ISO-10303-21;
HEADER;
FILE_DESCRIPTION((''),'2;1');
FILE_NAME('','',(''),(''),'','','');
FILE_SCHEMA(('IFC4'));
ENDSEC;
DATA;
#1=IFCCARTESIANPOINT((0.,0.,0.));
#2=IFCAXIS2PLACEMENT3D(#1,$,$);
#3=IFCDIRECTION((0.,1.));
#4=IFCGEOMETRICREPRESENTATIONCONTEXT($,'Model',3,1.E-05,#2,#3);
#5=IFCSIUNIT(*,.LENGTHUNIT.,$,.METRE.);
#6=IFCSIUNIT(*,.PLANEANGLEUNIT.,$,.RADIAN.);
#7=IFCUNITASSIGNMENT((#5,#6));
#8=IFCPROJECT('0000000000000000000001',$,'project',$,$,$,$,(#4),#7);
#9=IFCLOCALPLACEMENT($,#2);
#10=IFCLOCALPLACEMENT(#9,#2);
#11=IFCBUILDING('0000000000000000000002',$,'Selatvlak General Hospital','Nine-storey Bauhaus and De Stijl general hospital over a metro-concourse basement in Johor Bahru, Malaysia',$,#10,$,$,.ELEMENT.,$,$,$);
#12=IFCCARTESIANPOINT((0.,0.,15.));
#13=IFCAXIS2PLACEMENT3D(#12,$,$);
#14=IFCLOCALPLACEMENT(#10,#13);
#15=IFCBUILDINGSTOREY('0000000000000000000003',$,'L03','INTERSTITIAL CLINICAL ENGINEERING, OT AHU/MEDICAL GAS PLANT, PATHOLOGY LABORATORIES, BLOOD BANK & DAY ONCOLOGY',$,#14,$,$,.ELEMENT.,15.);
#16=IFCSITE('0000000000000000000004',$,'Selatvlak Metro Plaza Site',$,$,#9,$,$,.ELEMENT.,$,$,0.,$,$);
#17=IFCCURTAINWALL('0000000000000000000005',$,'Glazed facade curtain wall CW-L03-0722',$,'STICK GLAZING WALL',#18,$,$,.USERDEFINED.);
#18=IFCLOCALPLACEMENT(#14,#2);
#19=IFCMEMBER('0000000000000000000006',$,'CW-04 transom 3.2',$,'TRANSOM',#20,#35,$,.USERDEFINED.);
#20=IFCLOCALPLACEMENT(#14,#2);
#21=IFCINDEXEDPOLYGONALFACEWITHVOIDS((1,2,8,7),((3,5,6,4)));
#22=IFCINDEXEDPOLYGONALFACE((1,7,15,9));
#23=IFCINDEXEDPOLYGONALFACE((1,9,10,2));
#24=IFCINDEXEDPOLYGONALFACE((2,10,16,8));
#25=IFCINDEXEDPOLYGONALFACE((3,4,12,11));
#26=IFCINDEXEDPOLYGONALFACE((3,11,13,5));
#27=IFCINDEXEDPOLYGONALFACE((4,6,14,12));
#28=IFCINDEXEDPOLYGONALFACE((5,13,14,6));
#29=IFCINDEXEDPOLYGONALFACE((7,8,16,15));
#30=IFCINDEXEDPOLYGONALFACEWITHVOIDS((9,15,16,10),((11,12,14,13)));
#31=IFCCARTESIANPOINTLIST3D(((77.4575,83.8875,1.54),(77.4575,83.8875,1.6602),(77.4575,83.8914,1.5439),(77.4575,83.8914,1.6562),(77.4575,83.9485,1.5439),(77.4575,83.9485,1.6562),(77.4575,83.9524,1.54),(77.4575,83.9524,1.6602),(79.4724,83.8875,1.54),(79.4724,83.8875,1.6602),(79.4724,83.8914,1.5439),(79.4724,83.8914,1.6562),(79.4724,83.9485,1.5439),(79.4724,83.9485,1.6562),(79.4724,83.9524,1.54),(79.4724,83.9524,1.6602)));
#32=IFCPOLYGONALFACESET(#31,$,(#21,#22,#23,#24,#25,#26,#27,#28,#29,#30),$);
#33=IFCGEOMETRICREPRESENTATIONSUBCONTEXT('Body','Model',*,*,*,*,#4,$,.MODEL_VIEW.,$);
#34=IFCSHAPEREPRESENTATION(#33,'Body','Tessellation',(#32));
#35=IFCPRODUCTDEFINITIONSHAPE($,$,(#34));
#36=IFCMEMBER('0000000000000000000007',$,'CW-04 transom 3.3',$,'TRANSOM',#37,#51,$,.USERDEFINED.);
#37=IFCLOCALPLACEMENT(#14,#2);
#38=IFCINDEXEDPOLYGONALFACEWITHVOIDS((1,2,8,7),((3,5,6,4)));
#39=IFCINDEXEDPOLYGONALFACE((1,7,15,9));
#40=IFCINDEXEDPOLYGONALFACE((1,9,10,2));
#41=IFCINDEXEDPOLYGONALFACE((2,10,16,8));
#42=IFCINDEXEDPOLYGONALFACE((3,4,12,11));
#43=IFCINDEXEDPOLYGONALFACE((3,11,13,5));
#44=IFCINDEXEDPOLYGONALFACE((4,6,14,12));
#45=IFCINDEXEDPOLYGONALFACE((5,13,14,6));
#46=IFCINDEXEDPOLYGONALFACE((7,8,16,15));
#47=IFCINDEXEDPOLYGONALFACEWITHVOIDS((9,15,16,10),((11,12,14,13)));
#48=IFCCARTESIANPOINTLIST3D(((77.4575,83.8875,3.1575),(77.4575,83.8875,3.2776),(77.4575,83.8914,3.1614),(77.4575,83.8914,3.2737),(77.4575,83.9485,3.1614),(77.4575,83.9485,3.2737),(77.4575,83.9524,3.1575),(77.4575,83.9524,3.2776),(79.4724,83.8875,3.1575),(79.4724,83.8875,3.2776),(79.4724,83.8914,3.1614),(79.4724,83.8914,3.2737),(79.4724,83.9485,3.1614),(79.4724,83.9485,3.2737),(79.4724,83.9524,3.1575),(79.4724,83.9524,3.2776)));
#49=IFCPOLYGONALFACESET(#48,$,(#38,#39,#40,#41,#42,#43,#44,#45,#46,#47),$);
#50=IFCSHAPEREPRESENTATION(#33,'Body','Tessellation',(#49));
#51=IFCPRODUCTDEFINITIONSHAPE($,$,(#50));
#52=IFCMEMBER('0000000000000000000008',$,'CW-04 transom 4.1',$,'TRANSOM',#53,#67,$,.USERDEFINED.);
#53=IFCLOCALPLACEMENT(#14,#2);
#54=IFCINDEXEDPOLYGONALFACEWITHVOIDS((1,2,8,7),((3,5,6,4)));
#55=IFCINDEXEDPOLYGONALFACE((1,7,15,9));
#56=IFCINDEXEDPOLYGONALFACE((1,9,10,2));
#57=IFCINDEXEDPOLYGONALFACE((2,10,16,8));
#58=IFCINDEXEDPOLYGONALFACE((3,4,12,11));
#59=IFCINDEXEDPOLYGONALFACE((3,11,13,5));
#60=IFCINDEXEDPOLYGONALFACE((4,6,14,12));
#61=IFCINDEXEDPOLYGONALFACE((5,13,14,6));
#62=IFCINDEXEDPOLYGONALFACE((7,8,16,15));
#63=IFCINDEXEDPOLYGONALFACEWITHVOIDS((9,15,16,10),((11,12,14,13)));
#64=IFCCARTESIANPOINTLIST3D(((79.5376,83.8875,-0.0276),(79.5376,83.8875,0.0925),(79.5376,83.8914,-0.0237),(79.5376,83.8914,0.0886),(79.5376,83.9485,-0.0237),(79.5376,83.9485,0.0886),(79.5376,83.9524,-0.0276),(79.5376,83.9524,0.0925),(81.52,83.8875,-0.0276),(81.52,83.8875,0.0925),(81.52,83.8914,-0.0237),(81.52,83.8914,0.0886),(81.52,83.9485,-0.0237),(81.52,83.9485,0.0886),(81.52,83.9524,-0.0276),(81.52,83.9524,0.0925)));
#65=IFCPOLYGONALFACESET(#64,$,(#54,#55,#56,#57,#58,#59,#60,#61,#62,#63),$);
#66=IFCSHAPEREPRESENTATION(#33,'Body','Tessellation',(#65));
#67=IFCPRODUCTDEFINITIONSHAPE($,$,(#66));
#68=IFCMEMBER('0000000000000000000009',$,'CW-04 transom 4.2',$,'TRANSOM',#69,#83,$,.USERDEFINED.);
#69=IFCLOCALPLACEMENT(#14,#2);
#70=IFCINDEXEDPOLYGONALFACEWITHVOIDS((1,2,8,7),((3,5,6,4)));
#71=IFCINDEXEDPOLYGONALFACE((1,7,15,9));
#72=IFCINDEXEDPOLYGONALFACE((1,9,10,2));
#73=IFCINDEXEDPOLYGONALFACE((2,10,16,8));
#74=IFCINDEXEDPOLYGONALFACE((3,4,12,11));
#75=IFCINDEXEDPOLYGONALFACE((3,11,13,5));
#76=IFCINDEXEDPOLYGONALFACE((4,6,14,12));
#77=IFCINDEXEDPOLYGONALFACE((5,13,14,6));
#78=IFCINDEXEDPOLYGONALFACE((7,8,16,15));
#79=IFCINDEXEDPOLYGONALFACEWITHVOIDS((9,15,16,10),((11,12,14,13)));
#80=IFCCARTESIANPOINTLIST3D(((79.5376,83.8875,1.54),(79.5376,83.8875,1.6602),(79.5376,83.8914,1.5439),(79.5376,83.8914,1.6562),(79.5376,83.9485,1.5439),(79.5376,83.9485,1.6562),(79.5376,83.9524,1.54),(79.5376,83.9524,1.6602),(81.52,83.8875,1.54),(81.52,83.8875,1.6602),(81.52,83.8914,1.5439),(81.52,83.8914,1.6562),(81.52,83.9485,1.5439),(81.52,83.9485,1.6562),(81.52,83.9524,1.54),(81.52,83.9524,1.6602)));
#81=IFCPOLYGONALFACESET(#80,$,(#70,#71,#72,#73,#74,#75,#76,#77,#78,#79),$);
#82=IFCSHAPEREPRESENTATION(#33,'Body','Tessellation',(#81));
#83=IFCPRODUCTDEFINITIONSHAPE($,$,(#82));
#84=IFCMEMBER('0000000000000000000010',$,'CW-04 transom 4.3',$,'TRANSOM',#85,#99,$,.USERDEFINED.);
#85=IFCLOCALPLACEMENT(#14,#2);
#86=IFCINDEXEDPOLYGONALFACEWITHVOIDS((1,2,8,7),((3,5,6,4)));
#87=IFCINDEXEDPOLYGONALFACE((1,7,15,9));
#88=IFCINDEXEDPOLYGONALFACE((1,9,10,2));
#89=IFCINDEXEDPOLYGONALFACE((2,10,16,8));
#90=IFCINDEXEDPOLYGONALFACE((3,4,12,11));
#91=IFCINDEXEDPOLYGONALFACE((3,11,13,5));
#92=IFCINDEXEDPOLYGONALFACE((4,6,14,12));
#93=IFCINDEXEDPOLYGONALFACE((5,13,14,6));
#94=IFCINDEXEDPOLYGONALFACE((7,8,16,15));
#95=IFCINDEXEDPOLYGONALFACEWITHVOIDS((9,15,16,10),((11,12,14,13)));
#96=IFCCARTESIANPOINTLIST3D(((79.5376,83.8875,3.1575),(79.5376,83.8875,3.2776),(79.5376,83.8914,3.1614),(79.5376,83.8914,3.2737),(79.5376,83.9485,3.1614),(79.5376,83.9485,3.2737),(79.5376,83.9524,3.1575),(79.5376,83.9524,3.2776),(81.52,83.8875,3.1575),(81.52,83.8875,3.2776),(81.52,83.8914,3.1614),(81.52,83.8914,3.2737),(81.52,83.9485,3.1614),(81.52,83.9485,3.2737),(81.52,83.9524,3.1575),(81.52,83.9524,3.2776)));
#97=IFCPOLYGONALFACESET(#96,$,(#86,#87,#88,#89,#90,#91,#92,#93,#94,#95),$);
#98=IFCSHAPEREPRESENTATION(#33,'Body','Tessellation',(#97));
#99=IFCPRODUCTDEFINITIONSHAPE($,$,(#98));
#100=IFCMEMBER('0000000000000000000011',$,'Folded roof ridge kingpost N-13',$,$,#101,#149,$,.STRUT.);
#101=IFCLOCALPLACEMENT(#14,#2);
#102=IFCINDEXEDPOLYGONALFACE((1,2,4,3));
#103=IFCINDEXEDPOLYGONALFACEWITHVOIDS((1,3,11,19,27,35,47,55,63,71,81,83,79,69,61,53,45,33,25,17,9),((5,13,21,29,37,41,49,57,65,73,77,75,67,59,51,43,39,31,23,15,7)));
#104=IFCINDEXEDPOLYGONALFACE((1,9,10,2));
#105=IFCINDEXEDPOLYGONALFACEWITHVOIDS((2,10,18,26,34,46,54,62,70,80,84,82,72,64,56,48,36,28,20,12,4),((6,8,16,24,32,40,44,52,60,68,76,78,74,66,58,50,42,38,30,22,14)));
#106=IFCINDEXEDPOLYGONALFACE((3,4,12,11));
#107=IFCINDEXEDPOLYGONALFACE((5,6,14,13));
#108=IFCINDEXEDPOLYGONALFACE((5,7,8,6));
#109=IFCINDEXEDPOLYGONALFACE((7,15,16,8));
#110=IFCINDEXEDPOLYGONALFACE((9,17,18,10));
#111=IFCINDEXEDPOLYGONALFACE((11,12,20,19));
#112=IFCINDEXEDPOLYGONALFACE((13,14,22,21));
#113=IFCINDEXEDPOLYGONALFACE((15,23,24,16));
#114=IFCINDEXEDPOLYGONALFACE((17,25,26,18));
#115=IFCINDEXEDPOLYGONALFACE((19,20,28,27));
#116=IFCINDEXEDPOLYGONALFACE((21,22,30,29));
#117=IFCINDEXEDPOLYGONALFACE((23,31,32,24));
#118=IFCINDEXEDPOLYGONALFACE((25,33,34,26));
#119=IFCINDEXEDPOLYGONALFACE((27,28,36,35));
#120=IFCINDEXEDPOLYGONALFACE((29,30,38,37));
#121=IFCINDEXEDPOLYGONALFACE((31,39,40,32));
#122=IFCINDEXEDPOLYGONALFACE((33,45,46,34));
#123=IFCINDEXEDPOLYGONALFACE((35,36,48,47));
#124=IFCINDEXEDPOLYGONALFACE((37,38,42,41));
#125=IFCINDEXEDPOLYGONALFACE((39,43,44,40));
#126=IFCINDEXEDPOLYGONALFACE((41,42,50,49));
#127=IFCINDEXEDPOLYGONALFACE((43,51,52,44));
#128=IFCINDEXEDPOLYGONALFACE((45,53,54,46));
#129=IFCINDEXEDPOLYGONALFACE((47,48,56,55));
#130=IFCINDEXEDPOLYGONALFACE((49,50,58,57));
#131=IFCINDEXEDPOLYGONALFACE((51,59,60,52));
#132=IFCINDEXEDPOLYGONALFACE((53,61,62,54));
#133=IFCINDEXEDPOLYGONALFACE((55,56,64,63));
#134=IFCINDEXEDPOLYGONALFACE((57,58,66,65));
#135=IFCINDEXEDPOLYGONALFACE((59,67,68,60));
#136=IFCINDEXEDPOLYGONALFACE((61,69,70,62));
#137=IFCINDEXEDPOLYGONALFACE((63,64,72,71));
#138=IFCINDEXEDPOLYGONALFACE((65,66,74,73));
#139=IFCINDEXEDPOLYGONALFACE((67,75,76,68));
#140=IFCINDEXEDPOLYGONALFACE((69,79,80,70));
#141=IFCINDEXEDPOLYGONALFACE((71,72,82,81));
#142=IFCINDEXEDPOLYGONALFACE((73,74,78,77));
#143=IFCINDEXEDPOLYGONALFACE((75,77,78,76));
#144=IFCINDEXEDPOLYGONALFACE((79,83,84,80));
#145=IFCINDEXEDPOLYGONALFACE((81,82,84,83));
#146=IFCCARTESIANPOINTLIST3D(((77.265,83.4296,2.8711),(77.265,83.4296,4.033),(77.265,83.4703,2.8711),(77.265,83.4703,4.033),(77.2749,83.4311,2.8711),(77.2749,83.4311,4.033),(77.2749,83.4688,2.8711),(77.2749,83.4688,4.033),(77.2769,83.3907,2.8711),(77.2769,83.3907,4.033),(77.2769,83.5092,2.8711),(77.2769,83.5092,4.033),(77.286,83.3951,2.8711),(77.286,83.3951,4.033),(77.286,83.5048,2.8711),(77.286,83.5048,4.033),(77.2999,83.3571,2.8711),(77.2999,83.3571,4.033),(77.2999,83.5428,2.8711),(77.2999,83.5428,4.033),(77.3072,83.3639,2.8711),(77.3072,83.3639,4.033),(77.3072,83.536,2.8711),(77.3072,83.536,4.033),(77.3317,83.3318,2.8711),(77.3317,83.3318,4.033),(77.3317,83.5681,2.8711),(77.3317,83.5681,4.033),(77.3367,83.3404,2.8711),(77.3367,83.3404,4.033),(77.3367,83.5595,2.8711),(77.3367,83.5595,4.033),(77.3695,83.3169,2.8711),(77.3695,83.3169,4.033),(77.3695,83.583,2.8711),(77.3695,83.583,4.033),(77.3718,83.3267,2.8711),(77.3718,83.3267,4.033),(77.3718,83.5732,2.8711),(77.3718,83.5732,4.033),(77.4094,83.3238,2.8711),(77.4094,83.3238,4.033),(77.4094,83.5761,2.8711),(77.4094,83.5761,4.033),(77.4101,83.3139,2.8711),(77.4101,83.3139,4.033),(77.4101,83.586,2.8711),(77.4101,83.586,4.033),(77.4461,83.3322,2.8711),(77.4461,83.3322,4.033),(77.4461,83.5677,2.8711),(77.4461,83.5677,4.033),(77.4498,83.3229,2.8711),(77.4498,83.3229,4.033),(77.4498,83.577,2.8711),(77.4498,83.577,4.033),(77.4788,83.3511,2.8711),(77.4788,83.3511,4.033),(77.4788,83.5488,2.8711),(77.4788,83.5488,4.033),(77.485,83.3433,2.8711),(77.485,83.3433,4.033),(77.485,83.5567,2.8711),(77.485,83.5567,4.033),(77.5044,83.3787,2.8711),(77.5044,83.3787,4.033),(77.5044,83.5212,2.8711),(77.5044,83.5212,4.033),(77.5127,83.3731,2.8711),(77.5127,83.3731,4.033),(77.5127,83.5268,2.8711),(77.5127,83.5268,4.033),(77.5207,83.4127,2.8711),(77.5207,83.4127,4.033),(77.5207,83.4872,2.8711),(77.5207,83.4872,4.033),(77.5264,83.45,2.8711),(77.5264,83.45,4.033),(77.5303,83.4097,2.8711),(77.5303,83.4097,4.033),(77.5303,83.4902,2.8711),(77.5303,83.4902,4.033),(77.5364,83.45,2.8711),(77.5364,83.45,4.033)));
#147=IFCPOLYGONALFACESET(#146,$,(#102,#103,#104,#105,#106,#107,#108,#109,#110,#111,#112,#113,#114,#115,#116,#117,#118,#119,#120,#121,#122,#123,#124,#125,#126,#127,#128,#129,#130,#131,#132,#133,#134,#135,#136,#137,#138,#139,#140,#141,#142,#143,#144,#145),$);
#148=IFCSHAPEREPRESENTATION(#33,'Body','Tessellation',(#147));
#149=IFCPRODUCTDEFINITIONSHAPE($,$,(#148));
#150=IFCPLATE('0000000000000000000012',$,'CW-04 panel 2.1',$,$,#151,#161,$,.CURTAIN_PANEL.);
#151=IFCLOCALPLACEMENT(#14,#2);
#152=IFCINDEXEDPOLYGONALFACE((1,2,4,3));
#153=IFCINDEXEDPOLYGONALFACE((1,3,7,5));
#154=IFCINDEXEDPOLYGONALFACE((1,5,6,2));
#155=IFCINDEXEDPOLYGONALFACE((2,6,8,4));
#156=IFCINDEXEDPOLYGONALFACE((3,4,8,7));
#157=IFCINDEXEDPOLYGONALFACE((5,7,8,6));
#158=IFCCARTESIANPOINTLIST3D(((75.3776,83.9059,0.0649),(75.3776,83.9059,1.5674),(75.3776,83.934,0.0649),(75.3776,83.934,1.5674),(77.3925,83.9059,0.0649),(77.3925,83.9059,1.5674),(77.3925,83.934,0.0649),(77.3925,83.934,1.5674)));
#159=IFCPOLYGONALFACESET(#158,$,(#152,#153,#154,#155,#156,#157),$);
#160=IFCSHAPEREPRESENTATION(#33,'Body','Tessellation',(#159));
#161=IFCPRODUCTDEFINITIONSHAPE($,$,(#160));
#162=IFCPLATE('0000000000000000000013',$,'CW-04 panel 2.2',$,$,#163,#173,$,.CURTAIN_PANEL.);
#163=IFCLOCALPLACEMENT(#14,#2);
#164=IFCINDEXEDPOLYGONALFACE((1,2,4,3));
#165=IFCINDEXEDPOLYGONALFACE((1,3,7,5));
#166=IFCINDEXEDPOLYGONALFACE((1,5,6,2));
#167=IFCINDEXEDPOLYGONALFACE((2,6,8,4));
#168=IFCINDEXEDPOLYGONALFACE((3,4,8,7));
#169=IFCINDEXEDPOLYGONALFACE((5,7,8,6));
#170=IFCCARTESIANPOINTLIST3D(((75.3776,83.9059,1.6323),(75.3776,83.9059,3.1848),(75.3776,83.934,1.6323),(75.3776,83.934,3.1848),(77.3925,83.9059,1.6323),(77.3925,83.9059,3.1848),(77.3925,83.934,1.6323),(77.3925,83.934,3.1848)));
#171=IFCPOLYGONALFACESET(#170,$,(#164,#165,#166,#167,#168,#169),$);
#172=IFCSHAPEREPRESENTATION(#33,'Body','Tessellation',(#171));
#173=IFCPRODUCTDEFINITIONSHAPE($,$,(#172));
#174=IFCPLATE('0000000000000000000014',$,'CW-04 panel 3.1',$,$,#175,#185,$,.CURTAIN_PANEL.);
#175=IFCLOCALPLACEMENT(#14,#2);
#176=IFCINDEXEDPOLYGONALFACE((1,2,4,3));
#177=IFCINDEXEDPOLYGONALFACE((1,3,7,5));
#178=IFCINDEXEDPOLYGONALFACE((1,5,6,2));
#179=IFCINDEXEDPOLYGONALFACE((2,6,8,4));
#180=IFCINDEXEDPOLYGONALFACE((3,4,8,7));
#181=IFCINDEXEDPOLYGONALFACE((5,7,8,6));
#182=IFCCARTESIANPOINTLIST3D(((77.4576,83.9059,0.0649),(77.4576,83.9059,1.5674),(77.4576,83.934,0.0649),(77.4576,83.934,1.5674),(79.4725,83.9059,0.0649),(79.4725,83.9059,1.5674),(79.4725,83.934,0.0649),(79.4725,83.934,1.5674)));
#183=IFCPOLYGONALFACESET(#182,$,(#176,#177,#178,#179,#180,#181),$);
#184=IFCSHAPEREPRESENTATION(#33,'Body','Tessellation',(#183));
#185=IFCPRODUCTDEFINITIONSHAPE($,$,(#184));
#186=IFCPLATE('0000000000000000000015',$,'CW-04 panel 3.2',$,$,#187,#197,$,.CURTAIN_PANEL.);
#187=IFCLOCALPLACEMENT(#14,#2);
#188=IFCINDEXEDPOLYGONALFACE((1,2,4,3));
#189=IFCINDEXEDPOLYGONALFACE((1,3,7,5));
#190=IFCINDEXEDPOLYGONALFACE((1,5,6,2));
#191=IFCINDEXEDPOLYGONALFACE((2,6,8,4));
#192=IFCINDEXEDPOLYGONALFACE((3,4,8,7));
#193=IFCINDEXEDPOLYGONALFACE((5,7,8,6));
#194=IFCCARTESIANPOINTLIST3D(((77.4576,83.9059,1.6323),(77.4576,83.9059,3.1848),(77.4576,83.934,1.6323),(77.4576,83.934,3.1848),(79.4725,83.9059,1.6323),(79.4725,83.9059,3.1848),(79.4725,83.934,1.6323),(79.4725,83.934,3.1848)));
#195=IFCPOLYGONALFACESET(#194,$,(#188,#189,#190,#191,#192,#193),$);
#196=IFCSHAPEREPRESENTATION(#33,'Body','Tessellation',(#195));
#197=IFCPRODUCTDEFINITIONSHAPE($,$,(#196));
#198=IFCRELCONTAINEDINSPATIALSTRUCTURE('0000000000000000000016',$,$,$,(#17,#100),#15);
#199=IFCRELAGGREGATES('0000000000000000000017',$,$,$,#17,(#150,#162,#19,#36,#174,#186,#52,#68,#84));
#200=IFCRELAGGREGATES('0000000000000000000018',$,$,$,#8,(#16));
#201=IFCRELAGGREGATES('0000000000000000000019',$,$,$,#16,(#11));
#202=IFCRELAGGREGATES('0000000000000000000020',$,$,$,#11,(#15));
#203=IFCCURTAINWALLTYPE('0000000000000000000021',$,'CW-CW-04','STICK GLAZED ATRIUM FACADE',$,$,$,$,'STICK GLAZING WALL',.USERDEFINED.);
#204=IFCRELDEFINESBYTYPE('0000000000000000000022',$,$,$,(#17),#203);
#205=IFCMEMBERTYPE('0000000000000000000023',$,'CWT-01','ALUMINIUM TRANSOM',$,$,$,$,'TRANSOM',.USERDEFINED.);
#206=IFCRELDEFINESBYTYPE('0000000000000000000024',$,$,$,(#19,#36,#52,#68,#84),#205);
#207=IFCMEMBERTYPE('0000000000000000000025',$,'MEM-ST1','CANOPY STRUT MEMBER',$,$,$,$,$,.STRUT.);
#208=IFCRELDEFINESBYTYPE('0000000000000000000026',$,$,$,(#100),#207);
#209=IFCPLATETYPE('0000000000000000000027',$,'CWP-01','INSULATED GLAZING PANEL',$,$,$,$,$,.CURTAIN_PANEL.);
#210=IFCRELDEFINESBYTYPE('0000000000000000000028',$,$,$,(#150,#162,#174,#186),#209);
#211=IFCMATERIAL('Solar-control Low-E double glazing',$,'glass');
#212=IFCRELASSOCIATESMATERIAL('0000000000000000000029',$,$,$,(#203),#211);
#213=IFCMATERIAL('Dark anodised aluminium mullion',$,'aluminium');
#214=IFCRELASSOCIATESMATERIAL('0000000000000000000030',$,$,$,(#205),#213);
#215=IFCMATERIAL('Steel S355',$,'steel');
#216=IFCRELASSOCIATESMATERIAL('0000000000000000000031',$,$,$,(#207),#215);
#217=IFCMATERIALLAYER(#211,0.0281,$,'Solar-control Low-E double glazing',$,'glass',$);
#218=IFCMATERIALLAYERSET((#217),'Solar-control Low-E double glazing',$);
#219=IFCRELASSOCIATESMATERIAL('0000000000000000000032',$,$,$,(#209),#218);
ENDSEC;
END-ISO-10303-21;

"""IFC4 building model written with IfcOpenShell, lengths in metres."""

from ifc_helpers import new_model, si_unit, direction, frame, origin, origin_2d, place, context, subcontext, project, spatial, rectangle, hollow_rectangle, hollow_circle, extrude, material, layer, layer_set, material_profile, profile_set, type_object, element, aggregate, save


model = new_model("IFC4")

# Units and contexts
model_context = context("Model", 3, precision=1e-05, world=origin(), true_north=direction((0.0, 1.0)))
body_context = subcontext(model_context, "Body", "Model", "MODEL_VIEW")
ifc_project = project(units=[si_unit("LENGTHUNIT", "METRE"), si_unit("PLANEANGLEUNIT", "RADIAN")], contexts=[model_context])

# Site, building, storey
site_placement = place(None, origin())
site = spatial("IfcSite", under=ifc_project, at=site_placement, Name="Selatvlak Metro Plaza Site", CompositionType="ELEMENT", RefElevation=0.0)
building_placement = place(site_placement, origin())
building = spatial("IfcBuilding", under=site, at=building_placement, Name="Selatvlak General Hospital", Description="Nine-storey Bauhaus and De Stijl general hospital over a metro-concourse basement in Johor Bahru, Malaysia", CompositionType="ELEMENT")
storey_placement = place(building_placement, frame((0.0, 0.0, 15.0)))
storey = spatial("IfcBuildingStorey", under=building, at=storey_placement, Name="L03", Description="INTERSTITIAL CLINICAL ENGINEERING, OT AHU/MEDICAL GAS PLANT, PATHOLOGY LABORATORIES, BLOOD BANK & DAY ONCOLOGY", CompositionType="ELEMENT", Elevation=15.0)

# Shared definitions
ifc_material_1 = material(Name="Steel S355", Category="steel")

# Curtain wall
ifc_material_2 = material(Name="Solar-control Low-E double glazing", Category="glass")
curtain_wall_type_1 = type_object("IfcCurtainWallType", Name="CW-CW-04", Description="STICK GLAZED ATRIUM FACADE", ElementType="STICK GLAZING WALL", PredefinedType="USERDEFINED", material=ifc_material_2)
curtain_wall_1_placement = place(storey_placement, origin())
curtain_wall_1 = element("IfcCurtainWall", 1, at=curtain_wall_1_placement, inside=storey, type_object=curtain_wall_type_1, Name="Glazed facade curtain wall CW-L03-0722", ObjectType="STICK GLAZING WALL", PredefinedType="USERDEFINED")
ifc_material_3 = material(Name="Dark anodised aluminium mullion", Category="aluminium")

# Members
ifc_material_profile_1 = material_profile(ifc_material_3, hollow_rectangle(XDim=0.0649, YDim=0.1201, WallThickness=0.0039, at=origin_2d()), Name="AL-TRN 65x120x4")
ifc_profile_set_1 = profile_set([ifc_material_profile_1], Name="Dark anodised aluminium mullion")
member_type_1 = type_object("IfcMemberType", Name="CWT-01", Description="ALUMINIUM TRANSOM", ElementType="TRANSOM", PredefinedType="USERDEFINED", material=ifc_profile_set_1)
member_1_placement = place(storey_placement, frame((77.4575, 83.9199, 1.6001), z_axis=(1.0, 0.0, 0.0), x_axis=(0.0, 1.0, 0.0)))
member_1 = element("IfcMember", 2, at=member_1_placement, type_object=member_type_1, Name="CW-04 transom 3.2", ObjectType="TRANSOM", PredefinedType="USERDEFINED", context=body_context, shape_type="SweptSolid", body=[
    extrude(hollow_rectangle(XDim=0.0649, YDim=0.1201, WallThickness=0.0039, at=origin_2d()), origin(), (0.0, 0.0, 1.0), 2.0149),
])
member_2_placement = place(storey_placement, frame((77.4575, 83.9199, 3.2175), z_axis=(1.0, 0.0, 0.0), x_axis=(0.0, 1.0, 0.0)))
member_2 = element("IfcMember", 3, at=member_2_placement, type_object=member_type_1, Name="CW-04 transom 3.3", ObjectType="TRANSOM", PredefinedType="USERDEFINED", context=body_context, shape_type="SweptSolid", body=[
    extrude(hollow_rectangle(XDim=0.0649, YDim=0.1201, WallThickness=0.0039, at=origin_2d()), origin(), (0.0, 0.0, 1.0), 2.0149),
])
member_3_placement = place(storey_placement, frame((79.5376, 83.9199, 0.0325), z_axis=(1.0, 0.0, 0.0), x_axis=(0.0, 1.0, 0.0)))
member_3 = element("IfcMember", 4, at=member_3_placement, type_object=member_type_1, Name="CW-04 transom 4.1", ObjectType="TRANSOM", PredefinedType="USERDEFINED", context=body_context, shape_type="SweptSolid", body=[
    extrude(hollow_rectangle(XDim=0.0649, YDim=0.1201, WallThickness=0.0039, at=origin_2d()), origin(), (0.0, 0.0, 1.0), 1.9824),
])
member_4_placement = place(storey_placement, frame((79.5376, 83.9199, 1.6001), z_axis=(1.0, 0.0, 0.0), x_axis=(0.0, 1.0, 0.0)))
member_4 = element("IfcMember", 5, at=member_4_placement, type_object=member_type_1, Name="CW-04 transom 4.2", ObjectType="TRANSOM", PredefinedType="USERDEFINED", context=body_context, shape_type="SweptSolid", body=[
    extrude(hollow_rectangle(XDim=0.0649, YDim=0.1201, WallThickness=0.0039, at=origin_2d()), origin(), (0.0, 0.0, 1.0), 1.9824),
])
member_5_placement = place(storey_placement, frame((79.5376, 83.9199, 3.2175), z_axis=(1.0, 0.0, 0.0), x_axis=(0.0, 1.0, 0.0)))
member_5 = element("IfcMember", 6, at=member_5_placement, type_object=member_type_1, Name="CW-04 transom 4.3", ObjectType="TRANSOM", PredefinedType="USERDEFINED", context=body_context, shape_type="SweptSolid", body=[
    extrude(hollow_rectangle(XDim=0.0649, YDim=0.1201, WallThickness=0.0039, at=origin_2d()), origin(), (0.0, 0.0, 1.0), 1.9824),
])
ifc_material_profile_2 = material_profile(ifc_material_1, hollow_circle(Radius=0.1365, WallThickness=0.01, at=origin_2d()), Name="CHS 273.0x10")
ifc_profile_set_2 = profile_set([ifc_material_profile_2], Name="Steel S355")
member_type_2 = type_object("IfcMemberType", Name="MEM-ST1", Description="CANOPY STRUT MEMBER", PredefinedType="STRUT", material=ifc_profile_set_2)
member_6_placement = place(storey_placement, frame((77.3999, 83.45, 2.8711), z_axis=(0.0, 0.0, 1.0), x_axis=(1.0, 0.0, 0.0)))
element("IfcMember", 7, at=member_6_placement, inside=storey, type_object=member_type_2, Name="Folded roof ridge kingpost N-13", PredefinedType="STRUT", context=body_context, shape_type="SweptSolid", body=[
    extrude(hollow_circle(Radius=0.1365, WallThickness=0.01, at=origin_2d()), origin(), (0.0, 0.0, 1.0), 1.1619),
])

# Plates
ifc_layer_1 = layer(ifc_material_2, 0.0281, Name="Solar-control Low-E double glazing", Category="glass")
ifc_layer_set_1 = layer_set([ifc_layer_1], Name="Solar-control Low-E double glazing")
plate_type_1 = type_object("IfcPlateType", Name="CWP-01", Description="INSULATED GLAZING PANEL", PredefinedType="CURTAIN_PANEL", material=ifc_layer_set_1)
plate_1_placement = place(storey_placement, frame((76.385, 83.9199, 0.0649), z_axis=(0.0, 0.0, 1.0), x_axis=(1.0, 0.0, 0.0)))
plate_1 = element("IfcPlate", 8, at=plate_1_placement, type_object=plate_type_1, Name="CW-04 panel 2.1", PredefinedType="CURTAIN_PANEL", context=body_context, shape_type="SweptSolid", body=[
    extrude(rectangle(XDim=2.0149, YDim=0.0281, at=origin_2d()), origin(), (0.0, 0.0, 1.0), 1.5024),
])
plate_2_placement = place(storey_placement, frame((76.385, 83.9199, 1.6323), z_axis=(0.0, 0.0, 1.0), x_axis=(1.0, 0.0, 0.0)))
plate_2 = element("IfcPlate", 9, at=plate_2_placement, type_object=plate_type_1, Name="CW-04 panel 2.2", PredefinedType="CURTAIN_PANEL", context=body_context, shape_type="SweptSolid", body=[
    extrude(rectangle(XDim=2.0149, YDim=0.0281, at=origin_2d()), origin(), (0.0, 0.0, 1.0), 1.5525),
])
plate_3_placement = place(storey_placement, frame((78.4651, 83.9199, 0.0649), z_axis=(0.0, 0.0, 1.0), x_axis=(1.0, 0.0, 0.0)))
plate_3 = element("IfcPlate", 10, at=plate_3_placement, type_object=plate_type_1, Name="CW-04 panel 3.1", PredefinedType="CURTAIN_PANEL", context=body_context, shape_type="SweptSolid", body=[
    extrude(rectangle(XDim=2.0149, YDim=0.0281, at=origin_2d()), origin(), (0.0, 0.0, 1.0), 1.5024),
])
plate_4_placement = place(storey_placement, frame((78.4651, 83.9199, 1.6323), z_axis=(0.0, 0.0, 1.0), x_axis=(1.0, 0.0, 0.0)))
plate_4 = element("IfcPlate", 11, at=plate_4_placement, type_object=plate_type_1, Name="CW-04 panel 3.2", PredefinedType="CURTAIN_PANEL", context=body_context, shape_type="SweptSolid", body=[
    extrude(rectangle(XDim=2.0149, YDim=0.0281, at=origin_2d()), origin(), (0.0, 0.0, 1.0), 1.5525),
])
aggregate(curtain_wall_1, [plate_1, plate_2, member_1, member_2, plate_3, plate_4, member_3, member_4, member_5])

save(model, "model.ifc")
